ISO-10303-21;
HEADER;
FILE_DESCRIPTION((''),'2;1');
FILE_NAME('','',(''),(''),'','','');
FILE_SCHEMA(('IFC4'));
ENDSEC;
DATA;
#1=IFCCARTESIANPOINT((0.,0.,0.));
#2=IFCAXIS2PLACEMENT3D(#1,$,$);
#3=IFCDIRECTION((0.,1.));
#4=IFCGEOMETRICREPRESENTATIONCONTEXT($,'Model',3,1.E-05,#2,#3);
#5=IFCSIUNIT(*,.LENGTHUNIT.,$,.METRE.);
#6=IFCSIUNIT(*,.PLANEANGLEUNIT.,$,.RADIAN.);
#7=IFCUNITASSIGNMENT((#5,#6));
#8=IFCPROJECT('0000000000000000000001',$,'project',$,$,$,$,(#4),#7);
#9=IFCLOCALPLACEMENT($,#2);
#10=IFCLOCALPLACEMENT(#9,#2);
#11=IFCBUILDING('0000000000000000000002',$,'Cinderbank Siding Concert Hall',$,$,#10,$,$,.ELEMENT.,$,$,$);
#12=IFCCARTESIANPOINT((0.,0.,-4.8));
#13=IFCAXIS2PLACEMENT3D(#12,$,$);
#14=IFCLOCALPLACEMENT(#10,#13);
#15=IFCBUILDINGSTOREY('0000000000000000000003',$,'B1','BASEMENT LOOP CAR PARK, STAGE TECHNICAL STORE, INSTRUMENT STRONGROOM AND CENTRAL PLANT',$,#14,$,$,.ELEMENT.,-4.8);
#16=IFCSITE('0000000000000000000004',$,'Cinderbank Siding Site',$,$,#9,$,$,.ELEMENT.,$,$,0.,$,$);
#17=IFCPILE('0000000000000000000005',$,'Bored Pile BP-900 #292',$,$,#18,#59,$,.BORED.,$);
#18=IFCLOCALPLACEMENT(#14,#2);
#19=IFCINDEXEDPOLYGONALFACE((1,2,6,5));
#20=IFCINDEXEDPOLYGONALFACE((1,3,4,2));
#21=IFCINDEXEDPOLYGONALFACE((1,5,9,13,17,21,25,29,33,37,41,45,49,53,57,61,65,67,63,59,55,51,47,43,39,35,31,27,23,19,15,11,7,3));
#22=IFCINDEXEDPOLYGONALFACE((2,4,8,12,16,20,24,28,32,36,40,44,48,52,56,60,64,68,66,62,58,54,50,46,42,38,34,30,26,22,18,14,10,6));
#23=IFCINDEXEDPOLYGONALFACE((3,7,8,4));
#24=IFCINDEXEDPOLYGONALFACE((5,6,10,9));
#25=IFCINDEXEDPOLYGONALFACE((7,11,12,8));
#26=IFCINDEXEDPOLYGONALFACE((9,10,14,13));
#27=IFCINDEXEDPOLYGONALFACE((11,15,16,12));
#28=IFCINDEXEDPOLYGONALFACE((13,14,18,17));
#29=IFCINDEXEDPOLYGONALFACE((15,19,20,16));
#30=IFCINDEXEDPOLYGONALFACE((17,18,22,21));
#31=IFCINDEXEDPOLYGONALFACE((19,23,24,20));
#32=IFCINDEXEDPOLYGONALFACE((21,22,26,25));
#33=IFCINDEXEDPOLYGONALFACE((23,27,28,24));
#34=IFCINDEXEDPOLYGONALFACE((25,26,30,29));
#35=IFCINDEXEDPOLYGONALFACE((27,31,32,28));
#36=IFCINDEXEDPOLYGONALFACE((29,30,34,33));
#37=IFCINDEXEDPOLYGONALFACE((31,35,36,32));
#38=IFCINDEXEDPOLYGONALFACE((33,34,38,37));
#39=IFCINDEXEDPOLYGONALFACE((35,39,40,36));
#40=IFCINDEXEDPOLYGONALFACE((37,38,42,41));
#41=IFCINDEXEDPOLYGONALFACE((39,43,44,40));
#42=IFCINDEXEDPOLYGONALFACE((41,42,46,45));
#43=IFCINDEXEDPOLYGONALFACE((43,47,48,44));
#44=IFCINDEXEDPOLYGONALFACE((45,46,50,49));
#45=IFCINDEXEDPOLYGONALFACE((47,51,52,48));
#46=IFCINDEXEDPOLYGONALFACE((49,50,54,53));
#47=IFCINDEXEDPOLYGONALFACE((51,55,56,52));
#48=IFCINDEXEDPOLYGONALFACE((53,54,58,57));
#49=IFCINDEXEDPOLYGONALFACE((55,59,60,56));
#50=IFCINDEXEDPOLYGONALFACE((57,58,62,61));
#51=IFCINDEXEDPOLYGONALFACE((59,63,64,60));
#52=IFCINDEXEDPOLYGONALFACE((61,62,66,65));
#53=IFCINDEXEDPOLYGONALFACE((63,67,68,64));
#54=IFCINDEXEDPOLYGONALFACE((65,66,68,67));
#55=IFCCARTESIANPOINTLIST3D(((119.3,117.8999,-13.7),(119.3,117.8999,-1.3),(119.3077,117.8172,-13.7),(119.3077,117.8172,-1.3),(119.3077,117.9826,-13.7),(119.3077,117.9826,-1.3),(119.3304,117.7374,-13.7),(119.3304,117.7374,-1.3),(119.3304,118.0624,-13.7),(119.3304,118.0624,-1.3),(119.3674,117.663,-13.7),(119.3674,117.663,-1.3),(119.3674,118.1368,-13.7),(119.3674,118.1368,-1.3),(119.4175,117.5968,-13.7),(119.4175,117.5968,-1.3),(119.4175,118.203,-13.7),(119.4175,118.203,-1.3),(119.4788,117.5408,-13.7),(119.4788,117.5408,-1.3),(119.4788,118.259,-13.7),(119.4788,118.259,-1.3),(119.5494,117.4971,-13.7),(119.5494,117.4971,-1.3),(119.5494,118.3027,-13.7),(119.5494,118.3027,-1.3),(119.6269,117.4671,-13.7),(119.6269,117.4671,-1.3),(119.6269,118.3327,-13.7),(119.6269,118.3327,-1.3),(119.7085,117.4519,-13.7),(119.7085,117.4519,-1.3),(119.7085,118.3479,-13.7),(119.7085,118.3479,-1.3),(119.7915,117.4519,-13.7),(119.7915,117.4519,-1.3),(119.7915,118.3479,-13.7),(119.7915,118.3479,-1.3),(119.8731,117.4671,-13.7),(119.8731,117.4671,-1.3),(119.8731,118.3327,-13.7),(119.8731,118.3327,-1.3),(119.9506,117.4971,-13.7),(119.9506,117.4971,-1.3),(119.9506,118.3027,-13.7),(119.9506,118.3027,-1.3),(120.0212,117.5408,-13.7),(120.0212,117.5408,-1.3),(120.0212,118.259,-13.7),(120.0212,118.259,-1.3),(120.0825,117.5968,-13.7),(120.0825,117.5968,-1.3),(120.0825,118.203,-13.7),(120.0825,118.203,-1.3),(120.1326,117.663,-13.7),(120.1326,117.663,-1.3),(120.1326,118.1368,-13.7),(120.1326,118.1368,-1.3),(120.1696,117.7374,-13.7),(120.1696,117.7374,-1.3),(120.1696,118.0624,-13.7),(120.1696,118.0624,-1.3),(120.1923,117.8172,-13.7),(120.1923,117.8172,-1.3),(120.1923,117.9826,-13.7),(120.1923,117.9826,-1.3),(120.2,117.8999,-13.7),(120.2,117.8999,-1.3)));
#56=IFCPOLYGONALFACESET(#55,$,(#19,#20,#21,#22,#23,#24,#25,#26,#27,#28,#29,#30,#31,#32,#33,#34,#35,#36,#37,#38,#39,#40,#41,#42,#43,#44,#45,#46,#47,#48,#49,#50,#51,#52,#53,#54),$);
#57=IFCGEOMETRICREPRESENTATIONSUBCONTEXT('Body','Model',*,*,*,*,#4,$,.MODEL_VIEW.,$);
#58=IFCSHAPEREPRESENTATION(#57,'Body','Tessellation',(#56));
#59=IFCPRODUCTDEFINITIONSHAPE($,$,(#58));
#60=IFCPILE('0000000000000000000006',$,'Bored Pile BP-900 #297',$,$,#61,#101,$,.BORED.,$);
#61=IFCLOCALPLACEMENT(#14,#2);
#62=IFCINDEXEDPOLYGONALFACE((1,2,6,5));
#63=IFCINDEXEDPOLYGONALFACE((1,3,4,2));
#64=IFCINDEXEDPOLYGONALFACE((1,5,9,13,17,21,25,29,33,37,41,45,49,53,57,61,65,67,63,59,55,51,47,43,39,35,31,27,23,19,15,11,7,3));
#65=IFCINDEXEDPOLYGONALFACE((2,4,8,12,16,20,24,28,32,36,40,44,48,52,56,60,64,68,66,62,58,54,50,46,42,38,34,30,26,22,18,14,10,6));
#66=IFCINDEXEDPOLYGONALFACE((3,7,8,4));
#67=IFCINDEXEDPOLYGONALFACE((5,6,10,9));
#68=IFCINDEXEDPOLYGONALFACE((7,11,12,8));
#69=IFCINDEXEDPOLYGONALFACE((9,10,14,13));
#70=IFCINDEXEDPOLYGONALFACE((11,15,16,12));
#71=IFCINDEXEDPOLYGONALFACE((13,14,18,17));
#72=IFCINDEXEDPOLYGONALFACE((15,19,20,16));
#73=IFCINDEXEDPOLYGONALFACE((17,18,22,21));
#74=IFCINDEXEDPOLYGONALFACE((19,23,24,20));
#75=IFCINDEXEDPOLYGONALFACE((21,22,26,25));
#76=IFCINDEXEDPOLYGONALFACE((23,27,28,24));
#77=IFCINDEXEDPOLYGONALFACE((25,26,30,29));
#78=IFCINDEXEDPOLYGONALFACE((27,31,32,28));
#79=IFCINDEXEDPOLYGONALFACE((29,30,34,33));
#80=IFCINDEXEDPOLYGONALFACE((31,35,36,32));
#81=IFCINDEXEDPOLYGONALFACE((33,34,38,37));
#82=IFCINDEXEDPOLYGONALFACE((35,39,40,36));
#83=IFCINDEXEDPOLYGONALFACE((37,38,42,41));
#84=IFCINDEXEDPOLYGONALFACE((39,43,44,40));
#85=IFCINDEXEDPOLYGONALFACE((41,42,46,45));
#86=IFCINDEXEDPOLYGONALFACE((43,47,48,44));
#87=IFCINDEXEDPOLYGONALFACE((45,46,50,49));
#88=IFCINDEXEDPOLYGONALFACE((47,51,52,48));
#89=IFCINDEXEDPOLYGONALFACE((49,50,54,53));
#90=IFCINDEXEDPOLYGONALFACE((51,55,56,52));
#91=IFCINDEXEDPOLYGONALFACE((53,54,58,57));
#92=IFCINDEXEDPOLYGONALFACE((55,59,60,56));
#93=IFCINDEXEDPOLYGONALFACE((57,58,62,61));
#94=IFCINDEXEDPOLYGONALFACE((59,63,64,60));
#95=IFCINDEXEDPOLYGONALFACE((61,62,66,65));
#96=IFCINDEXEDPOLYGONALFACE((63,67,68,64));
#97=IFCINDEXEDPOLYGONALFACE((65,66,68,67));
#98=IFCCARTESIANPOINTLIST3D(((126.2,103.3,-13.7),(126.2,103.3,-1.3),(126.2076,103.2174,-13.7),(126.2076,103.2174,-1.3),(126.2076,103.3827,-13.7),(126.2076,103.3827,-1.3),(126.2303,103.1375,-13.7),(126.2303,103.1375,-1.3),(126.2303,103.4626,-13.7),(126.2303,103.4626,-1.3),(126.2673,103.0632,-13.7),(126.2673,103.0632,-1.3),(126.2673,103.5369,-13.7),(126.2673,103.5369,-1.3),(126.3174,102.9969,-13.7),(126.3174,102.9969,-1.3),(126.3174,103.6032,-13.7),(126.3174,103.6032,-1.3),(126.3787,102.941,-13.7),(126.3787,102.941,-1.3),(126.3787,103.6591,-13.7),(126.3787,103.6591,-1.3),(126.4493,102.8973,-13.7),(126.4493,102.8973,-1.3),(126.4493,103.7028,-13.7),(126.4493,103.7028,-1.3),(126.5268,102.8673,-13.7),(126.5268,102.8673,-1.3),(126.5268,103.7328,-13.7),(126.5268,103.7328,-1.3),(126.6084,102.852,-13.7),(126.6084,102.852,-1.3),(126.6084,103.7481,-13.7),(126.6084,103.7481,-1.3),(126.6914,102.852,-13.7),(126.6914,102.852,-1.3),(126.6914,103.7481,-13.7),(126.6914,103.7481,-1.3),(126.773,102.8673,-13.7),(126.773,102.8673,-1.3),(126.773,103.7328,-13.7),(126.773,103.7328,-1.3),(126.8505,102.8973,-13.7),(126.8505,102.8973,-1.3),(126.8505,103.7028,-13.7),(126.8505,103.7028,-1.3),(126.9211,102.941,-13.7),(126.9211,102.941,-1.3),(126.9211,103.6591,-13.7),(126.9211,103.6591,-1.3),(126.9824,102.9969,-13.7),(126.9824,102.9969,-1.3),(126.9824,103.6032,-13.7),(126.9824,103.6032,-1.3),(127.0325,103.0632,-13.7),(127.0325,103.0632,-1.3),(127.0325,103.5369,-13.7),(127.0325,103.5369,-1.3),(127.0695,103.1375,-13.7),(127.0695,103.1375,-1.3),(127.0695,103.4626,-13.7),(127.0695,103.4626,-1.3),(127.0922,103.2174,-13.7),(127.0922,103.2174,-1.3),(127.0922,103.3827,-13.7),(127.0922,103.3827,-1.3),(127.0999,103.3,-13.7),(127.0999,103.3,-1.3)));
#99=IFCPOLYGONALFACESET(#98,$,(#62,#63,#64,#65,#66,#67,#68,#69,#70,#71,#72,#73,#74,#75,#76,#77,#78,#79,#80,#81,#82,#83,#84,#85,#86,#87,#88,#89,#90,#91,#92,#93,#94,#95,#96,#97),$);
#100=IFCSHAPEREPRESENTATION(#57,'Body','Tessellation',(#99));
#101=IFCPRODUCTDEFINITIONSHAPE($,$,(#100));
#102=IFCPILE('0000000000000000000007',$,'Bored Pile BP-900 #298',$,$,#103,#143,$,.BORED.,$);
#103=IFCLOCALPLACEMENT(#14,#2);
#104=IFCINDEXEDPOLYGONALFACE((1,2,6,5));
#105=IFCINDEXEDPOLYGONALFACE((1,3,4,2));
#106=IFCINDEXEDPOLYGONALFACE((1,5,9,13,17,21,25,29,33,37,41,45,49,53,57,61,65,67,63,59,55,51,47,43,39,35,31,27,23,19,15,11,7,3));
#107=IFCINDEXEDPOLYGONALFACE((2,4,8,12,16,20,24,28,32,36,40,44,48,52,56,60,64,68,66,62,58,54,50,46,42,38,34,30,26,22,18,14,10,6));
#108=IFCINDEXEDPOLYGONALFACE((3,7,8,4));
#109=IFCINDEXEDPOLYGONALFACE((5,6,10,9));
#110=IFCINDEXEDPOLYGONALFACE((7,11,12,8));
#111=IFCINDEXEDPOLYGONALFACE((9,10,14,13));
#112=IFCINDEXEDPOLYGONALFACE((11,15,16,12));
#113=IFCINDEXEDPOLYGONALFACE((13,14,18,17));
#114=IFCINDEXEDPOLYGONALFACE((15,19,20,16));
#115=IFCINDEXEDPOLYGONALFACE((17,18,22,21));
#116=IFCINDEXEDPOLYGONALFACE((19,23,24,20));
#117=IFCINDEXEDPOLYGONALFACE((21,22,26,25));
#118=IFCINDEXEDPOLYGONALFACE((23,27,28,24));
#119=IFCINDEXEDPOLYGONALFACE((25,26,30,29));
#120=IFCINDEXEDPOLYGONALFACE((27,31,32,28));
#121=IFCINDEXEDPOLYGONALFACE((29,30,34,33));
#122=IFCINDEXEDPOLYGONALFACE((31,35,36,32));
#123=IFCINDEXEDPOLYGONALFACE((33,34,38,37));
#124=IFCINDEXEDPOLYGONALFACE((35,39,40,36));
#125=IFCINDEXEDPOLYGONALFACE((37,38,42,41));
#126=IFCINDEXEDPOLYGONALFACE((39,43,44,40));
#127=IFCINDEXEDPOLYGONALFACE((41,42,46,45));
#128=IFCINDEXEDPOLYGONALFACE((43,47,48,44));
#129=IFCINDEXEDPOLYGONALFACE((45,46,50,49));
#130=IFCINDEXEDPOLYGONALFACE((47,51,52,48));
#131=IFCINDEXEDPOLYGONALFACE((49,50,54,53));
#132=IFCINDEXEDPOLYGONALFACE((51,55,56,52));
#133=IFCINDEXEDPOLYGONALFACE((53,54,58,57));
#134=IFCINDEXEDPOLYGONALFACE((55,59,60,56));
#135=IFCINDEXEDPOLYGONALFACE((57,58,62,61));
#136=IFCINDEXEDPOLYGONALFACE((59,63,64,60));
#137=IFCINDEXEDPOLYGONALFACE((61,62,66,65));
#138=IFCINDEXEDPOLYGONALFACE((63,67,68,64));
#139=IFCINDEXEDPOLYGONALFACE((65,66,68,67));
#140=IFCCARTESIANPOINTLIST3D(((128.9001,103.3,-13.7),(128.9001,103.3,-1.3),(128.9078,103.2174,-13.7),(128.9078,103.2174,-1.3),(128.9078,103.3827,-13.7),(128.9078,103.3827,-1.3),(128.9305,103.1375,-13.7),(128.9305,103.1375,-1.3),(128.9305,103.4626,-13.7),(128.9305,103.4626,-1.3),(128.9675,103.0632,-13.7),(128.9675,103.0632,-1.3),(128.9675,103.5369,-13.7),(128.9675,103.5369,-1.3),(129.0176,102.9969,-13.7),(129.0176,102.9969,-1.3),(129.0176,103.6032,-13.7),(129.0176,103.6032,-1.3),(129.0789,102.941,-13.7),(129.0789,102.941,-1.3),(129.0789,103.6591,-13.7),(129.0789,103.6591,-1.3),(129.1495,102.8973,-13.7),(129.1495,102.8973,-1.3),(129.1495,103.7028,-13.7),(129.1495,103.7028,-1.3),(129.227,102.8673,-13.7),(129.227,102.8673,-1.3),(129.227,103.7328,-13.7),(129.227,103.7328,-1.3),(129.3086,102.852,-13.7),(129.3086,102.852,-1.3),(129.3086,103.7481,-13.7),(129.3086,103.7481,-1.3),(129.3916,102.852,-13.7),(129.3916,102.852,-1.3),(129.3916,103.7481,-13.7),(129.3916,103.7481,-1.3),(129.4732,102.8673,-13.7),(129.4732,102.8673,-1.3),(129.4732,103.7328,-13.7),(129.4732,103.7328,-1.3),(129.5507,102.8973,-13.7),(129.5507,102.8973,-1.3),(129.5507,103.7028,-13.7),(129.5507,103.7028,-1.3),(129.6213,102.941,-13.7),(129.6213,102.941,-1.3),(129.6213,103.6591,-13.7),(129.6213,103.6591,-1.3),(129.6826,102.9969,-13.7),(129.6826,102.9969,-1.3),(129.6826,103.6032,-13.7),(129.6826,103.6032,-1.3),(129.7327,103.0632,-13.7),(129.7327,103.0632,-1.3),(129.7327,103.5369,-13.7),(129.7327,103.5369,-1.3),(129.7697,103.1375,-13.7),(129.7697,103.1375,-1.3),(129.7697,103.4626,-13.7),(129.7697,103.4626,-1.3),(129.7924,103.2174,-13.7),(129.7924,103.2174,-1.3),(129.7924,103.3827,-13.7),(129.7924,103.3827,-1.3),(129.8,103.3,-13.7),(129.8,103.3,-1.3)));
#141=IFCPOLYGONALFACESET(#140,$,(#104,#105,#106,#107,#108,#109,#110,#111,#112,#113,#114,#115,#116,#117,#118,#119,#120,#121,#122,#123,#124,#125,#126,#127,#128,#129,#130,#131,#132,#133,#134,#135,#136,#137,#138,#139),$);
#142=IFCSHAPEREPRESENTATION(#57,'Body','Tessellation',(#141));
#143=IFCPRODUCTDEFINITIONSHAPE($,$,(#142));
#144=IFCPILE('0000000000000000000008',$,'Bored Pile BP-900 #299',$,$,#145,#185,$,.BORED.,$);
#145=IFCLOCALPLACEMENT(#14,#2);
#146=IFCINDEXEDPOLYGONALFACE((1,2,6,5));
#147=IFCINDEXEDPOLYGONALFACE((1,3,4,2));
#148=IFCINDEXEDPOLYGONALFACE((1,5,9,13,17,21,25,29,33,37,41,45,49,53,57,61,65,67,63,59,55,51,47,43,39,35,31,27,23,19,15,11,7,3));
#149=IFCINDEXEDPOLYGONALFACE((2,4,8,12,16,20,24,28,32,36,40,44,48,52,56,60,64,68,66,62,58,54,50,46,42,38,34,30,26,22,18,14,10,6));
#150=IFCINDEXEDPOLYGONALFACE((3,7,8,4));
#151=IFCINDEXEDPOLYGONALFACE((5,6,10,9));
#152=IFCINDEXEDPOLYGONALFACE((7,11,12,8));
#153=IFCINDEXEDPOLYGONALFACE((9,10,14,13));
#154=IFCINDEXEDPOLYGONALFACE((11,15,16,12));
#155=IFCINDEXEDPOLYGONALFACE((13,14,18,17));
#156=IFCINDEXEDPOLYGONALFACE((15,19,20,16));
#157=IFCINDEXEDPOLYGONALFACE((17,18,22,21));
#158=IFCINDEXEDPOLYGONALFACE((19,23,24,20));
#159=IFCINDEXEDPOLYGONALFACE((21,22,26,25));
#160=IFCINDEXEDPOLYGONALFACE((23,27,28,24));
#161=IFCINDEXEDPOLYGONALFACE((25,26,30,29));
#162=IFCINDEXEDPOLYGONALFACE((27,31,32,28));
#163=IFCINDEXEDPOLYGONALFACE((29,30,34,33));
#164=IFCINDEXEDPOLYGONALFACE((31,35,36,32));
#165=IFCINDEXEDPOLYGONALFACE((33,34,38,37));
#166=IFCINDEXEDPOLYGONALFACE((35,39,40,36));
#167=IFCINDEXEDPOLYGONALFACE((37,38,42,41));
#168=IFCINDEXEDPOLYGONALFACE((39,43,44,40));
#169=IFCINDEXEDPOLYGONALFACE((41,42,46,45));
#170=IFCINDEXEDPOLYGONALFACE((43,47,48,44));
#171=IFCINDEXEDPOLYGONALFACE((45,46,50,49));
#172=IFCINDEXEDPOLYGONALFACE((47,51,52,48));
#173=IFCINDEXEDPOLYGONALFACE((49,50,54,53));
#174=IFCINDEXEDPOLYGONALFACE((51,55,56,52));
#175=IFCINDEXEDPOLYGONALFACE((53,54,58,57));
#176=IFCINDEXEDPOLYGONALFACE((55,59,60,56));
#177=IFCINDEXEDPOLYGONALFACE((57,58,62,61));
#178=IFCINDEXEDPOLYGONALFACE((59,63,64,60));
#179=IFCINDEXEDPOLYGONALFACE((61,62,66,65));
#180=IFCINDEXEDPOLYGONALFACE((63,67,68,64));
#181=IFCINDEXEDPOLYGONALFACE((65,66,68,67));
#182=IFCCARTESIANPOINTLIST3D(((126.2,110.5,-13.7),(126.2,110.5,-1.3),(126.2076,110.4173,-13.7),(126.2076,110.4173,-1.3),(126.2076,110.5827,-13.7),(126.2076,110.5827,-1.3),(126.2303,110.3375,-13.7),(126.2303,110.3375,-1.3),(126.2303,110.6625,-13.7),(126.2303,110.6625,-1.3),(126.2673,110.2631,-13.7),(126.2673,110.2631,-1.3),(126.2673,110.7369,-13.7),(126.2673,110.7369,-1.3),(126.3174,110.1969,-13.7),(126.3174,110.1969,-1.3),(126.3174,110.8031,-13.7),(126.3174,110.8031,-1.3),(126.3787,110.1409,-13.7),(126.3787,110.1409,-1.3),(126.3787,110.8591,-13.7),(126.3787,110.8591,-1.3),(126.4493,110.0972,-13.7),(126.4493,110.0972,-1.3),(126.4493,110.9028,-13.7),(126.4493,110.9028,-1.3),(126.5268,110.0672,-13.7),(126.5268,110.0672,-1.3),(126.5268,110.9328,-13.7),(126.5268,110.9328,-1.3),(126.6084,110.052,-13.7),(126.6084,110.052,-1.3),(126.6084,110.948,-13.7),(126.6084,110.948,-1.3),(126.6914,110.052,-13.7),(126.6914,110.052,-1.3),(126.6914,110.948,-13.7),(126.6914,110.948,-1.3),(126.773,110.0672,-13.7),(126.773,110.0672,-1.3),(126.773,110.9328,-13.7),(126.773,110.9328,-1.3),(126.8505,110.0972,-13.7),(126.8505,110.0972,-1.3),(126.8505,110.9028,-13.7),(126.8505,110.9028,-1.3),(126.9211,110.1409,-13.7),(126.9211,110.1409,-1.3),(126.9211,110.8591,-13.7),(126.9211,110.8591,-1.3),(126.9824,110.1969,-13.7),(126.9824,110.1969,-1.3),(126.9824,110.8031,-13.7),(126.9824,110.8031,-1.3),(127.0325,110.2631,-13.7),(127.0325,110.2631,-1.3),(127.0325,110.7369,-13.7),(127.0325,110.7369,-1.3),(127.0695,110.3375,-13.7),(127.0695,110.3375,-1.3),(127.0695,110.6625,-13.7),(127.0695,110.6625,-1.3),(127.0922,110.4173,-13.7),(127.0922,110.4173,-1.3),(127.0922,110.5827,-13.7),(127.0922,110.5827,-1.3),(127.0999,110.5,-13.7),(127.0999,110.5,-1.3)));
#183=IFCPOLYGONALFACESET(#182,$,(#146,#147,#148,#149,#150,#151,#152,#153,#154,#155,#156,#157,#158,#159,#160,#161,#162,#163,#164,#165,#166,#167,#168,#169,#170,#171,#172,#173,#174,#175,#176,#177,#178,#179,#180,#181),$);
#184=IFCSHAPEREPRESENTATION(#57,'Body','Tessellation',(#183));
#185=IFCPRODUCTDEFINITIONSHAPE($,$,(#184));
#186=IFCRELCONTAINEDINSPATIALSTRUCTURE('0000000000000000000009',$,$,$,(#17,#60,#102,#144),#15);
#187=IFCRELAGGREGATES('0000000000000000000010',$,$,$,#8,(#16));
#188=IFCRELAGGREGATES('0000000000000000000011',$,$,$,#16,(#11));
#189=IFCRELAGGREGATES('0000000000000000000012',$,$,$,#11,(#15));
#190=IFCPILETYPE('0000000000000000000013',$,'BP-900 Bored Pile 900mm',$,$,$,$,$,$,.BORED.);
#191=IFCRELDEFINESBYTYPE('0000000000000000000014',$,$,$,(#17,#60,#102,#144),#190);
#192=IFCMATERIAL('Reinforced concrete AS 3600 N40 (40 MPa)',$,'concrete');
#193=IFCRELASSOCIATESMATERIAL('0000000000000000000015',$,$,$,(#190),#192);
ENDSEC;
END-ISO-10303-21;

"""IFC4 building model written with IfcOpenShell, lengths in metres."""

from ifc_helpers import new_model, si_unit, direction, frame, origin, origin_2d, place, context, subcontext, project, spatial, circle, extrude, material, material_profile, profile_set, type_object, element, save


model = new_model("IFC4")

# Units and contexts
model_context = context("Model", 3, precision=1e-05, world=origin(), true_north=direction((0.0, 1.0)))
body_context = subcontext(model_context, "Body", "Model", "MODEL_VIEW")
ifc_project = project(units=[si_unit("LENGTHUNIT", "METRE"), si_unit("PLANEANGLEUNIT", "RADIAN")], contexts=[model_context])

# Site, building, storey
site_placement = place(None, origin())
site = spatial("IfcSite", under=ifc_project, at=site_placement, Name="Cinderbank Siding Site", CompositionType="ELEMENT", RefElevation=0.0)
building_placement = place(site_placement, origin())
building = spatial("IfcBuilding", under=site, at=building_placement, Name="Cinderbank Siding Concert Hall", CompositionType="ELEMENT")
storey_placement = place(building_placement, frame((0.0, 0.0, -4.8)))
storey = spatial("IfcBuildingStorey", under=building, at=storey_placement, Name="B1", Description="BASEMENT LOOP CAR PARK, STAGE TECHNICAL STORE, INSTRUMENT STRONGROOM AND CENTRAL PLANT", CompositionType="ELEMENT", Elevation=-4.8)

# Piles
ifc_material_1 = material(Name="Reinforced concrete AS 3600 N40 (40 MPa)", Category="concrete")
ifc_material_profile_1 = material_profile(ifc_material_1, circle(Radius=0.45, at=origin_2d()), Name="PILE-900DIA", Category="LoadBearing")
ifc_profile_set_1 = profile_set([ifc_material_profile_1], Name="Reinforced concrete AS 3600 N40 (40 MPa)")
pile_type = type_object("IfcPileType", Name="BP-900 Bored Pile 900mm", PredefinedType="BORED", material=ifc_profile_set_1)
for number, where, z_axis, x_axis, name in (
    (1, (119.75, 117.8999, -1.3), (0.0, 0.0, -1.0), (1.0, 0.0, 0.0), "Bored Pile BP-900 #292"),
    (2, (126.6499, 103.3, -1.3), (0.0, 0.0, -1.0), (1.0, 0.0, 0.0), "Bored Pile BP-900 #297"),
    (3, (129.3501, 103.3, -1.3), (0.0, 0.0, -1.0), (1.0, 0.0, 0.0), "Bored Pile BP-900 #298"),
    (4, (126.6499, 110.5, -1.3), (0.0, 0.0, -1.0), (1.0, 0.0, 0.0), "Bored Pile BP-900 #299"),
):
    element("IfcPile", number, at=place(storey_placement, frame(where, z_axis=z_axis, x_axis=x_axis)), inside=storey, type_object=pile_type, Name=name, PredefinedType="BORED", context=body_context, shape_type="SweptSolid", body=[
        extrude(circle(Radius=0.45, at=origin_2d()), origin(), (0.0, 0.0, 1.0), 12.3999),
    ])

save(model, "model.ifc")
